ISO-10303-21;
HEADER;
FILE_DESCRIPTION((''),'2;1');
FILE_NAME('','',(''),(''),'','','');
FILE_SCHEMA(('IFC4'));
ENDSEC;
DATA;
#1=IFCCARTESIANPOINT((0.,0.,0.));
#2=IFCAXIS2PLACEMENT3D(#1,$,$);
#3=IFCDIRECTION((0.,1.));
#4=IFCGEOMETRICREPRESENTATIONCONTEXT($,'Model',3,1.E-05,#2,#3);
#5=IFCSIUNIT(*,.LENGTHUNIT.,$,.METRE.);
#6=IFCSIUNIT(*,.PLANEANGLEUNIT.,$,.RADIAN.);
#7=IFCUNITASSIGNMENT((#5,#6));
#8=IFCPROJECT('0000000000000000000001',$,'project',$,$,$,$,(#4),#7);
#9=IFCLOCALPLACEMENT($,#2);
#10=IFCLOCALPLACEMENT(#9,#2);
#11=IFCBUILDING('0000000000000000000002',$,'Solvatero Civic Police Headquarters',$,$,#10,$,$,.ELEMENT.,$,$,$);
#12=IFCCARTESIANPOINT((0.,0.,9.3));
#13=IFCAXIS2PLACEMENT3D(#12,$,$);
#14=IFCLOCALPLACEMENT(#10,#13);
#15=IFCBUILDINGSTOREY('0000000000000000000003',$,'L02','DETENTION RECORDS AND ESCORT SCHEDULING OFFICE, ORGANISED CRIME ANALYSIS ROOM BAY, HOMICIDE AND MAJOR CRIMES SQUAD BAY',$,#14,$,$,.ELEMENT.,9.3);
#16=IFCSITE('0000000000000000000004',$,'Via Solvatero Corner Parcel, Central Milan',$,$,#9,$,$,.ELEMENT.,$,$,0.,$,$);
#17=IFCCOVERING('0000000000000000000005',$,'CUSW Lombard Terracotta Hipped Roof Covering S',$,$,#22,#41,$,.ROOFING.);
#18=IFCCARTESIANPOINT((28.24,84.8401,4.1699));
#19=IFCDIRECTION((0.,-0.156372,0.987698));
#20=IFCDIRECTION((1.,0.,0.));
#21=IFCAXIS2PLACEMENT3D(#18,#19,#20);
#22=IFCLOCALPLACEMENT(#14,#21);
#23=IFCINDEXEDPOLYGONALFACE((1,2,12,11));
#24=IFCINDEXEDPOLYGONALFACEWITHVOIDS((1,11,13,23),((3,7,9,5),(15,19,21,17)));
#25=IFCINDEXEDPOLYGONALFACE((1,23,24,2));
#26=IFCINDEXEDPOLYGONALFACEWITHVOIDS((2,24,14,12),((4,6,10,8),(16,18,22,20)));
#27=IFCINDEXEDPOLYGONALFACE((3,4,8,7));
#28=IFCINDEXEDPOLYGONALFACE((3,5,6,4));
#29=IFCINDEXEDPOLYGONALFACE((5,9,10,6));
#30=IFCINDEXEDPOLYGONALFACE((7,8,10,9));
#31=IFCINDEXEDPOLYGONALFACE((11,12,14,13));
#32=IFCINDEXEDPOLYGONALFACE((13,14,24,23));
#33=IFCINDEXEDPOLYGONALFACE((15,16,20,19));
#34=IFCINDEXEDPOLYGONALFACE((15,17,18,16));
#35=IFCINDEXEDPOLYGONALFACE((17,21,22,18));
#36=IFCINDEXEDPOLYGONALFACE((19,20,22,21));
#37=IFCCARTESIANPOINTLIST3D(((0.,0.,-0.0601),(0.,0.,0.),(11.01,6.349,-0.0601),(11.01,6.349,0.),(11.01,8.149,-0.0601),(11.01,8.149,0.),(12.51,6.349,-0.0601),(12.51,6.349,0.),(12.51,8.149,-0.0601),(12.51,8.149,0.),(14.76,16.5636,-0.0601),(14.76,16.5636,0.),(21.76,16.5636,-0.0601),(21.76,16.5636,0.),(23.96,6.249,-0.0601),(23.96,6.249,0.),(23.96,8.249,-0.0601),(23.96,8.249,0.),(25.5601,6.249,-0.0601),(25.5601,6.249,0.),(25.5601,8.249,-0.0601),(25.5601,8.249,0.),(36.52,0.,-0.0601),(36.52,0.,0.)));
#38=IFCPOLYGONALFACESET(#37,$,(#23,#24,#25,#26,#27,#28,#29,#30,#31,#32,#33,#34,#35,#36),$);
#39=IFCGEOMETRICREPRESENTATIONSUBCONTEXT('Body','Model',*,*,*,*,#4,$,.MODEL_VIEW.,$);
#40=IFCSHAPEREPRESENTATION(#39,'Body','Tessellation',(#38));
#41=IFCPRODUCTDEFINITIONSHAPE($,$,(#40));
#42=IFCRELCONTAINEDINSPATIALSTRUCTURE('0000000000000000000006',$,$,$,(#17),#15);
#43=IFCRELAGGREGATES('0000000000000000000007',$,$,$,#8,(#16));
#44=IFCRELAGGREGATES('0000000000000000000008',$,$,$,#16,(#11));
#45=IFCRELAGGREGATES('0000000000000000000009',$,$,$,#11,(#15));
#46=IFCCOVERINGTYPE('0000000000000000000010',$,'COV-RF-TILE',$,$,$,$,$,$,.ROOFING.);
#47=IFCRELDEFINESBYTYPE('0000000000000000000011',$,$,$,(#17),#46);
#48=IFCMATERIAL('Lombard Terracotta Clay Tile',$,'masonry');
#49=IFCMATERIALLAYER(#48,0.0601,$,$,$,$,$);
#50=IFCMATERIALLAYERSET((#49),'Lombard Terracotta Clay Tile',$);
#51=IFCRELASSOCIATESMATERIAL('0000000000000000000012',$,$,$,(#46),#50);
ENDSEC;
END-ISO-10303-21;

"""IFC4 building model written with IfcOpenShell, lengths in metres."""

from ifc_helpers import new_model, si_unit, direction, frame, origin, origin_2d, place, context, subcontext, project, spatial, polyline, rectangle, outline, extrude, material, layer, layer_set, type_object, element, save


model = new_model("IFC4")

# Units and contexts
model_context = context("Model", 3, precision=1e-05, world=origin(), true_north=direction((0.0, 1.0)))
body_context = subcontext(model_context, "Body", "Model", "MODEL_VIEW")
ifc_project = project(units=[si_unit("LENGTHUNIT", "METRE"), si_unit("PLANEANGLEUNIT", "RADIAN")], contexts=[model_context])

# Site, building, storey
site_placement = place(None, origin())
site = spatial("IfcSite", under=ifc_project, at=site_placement, Name="Via Solvatero Corner Parcel, Central Milan", CompositionType="ELEMENT", RefElevation=0.0)
building_placement = place(site_placement, origin())
building = spatial("IfcBuilding", under=site, at=building_placement, Name="Solvatero Civic Police Headquarters", CompositionType="ELEMENT")
storey_placement = place(building_placement, frame((0.0, 0.0, 9.3)))
storey = spatial("IfcBuildingStorey", under=building, at=storey_placement, Name="L02", Description="DETENTION RECORDS AND ESCORT SCHEDULING OFFICE, ORGANISED CRIME ANALYSIS ROOM BAY, HOMICIDE AND MAJOR CRIMES SQUAD BAY", CompositionType="ELEMENT", Elevation=9.3)

# Covering, openings
ifc_material_1 = material(Name="Lombard Terracotta Clay Tile", Category="masonry")
ifc_layer_1 = layer(ifc_material_1, 0.0601)
ifc_layer_set_1 = layer_set([ifc_layer_1], Name="Lombard Terracotta Clay Tile")
covering_type = type_object("IfcCoveringType", Name="COV-RF-TILE", PredefinedType="ROOFING", material=ifc_layer_set_1)
covering_placement = place(storey_placement, frame((28.24, 84.8401, 4.1699), z_axis=(0.0, -0.156372, 0.987698), x_axis=(1.0, 0.0, 0.0)))
covering = element("IfcCovering", 1, at=covering_placement, inside=storey, type_object=covering_type, Name="CUSW Lombard Terracotta Hipped Roof Covering S", PredefinedType="ROOFING", context=body_context, shape_type="SweptSolid", body=[
    extrude(outline(polyline([(0.0, 0.0), (36.52, 0.0), (21.76, 16.5636), (14.76, 16.5636), (0.0, 0.0)])), origin(), (0.0, 0.0, -1.0), 0.0601),
])
opening_1_placement = place(covering_placement, frame((11.76, 7.249, 0.0)))
element("IfcOpeningElement", 2, at=opening_1_placement, cuts=covering, PredefinedType="OPENING", context=body_context, shape_type="SweptSolid", body=[
    extrude(rectangle(XDim=1.5, YDim=1.8, at=origin_2d()), frame((0.0, 0.0, -0.1802)), (0.0, 0.0, 1.0), 0.3),
])
opening_2_placement = place(covering_placement, frame((24.76, 7.249, 0.0)))
element("IfcOpeningElement", 3, at=opening_2_placement, cuts=covering, PredefinedType="OPENING", context=body_context, shape_type="SweptSolid", body=[
    extrude(rectangle(XDim=1.6001, YDim=2.0, at=origin_2d()), frame((0.0, 0.0, -0.1802)), (0.0, 0.0, 1.0), 0.3),
])

save(model, "model.ifc")
